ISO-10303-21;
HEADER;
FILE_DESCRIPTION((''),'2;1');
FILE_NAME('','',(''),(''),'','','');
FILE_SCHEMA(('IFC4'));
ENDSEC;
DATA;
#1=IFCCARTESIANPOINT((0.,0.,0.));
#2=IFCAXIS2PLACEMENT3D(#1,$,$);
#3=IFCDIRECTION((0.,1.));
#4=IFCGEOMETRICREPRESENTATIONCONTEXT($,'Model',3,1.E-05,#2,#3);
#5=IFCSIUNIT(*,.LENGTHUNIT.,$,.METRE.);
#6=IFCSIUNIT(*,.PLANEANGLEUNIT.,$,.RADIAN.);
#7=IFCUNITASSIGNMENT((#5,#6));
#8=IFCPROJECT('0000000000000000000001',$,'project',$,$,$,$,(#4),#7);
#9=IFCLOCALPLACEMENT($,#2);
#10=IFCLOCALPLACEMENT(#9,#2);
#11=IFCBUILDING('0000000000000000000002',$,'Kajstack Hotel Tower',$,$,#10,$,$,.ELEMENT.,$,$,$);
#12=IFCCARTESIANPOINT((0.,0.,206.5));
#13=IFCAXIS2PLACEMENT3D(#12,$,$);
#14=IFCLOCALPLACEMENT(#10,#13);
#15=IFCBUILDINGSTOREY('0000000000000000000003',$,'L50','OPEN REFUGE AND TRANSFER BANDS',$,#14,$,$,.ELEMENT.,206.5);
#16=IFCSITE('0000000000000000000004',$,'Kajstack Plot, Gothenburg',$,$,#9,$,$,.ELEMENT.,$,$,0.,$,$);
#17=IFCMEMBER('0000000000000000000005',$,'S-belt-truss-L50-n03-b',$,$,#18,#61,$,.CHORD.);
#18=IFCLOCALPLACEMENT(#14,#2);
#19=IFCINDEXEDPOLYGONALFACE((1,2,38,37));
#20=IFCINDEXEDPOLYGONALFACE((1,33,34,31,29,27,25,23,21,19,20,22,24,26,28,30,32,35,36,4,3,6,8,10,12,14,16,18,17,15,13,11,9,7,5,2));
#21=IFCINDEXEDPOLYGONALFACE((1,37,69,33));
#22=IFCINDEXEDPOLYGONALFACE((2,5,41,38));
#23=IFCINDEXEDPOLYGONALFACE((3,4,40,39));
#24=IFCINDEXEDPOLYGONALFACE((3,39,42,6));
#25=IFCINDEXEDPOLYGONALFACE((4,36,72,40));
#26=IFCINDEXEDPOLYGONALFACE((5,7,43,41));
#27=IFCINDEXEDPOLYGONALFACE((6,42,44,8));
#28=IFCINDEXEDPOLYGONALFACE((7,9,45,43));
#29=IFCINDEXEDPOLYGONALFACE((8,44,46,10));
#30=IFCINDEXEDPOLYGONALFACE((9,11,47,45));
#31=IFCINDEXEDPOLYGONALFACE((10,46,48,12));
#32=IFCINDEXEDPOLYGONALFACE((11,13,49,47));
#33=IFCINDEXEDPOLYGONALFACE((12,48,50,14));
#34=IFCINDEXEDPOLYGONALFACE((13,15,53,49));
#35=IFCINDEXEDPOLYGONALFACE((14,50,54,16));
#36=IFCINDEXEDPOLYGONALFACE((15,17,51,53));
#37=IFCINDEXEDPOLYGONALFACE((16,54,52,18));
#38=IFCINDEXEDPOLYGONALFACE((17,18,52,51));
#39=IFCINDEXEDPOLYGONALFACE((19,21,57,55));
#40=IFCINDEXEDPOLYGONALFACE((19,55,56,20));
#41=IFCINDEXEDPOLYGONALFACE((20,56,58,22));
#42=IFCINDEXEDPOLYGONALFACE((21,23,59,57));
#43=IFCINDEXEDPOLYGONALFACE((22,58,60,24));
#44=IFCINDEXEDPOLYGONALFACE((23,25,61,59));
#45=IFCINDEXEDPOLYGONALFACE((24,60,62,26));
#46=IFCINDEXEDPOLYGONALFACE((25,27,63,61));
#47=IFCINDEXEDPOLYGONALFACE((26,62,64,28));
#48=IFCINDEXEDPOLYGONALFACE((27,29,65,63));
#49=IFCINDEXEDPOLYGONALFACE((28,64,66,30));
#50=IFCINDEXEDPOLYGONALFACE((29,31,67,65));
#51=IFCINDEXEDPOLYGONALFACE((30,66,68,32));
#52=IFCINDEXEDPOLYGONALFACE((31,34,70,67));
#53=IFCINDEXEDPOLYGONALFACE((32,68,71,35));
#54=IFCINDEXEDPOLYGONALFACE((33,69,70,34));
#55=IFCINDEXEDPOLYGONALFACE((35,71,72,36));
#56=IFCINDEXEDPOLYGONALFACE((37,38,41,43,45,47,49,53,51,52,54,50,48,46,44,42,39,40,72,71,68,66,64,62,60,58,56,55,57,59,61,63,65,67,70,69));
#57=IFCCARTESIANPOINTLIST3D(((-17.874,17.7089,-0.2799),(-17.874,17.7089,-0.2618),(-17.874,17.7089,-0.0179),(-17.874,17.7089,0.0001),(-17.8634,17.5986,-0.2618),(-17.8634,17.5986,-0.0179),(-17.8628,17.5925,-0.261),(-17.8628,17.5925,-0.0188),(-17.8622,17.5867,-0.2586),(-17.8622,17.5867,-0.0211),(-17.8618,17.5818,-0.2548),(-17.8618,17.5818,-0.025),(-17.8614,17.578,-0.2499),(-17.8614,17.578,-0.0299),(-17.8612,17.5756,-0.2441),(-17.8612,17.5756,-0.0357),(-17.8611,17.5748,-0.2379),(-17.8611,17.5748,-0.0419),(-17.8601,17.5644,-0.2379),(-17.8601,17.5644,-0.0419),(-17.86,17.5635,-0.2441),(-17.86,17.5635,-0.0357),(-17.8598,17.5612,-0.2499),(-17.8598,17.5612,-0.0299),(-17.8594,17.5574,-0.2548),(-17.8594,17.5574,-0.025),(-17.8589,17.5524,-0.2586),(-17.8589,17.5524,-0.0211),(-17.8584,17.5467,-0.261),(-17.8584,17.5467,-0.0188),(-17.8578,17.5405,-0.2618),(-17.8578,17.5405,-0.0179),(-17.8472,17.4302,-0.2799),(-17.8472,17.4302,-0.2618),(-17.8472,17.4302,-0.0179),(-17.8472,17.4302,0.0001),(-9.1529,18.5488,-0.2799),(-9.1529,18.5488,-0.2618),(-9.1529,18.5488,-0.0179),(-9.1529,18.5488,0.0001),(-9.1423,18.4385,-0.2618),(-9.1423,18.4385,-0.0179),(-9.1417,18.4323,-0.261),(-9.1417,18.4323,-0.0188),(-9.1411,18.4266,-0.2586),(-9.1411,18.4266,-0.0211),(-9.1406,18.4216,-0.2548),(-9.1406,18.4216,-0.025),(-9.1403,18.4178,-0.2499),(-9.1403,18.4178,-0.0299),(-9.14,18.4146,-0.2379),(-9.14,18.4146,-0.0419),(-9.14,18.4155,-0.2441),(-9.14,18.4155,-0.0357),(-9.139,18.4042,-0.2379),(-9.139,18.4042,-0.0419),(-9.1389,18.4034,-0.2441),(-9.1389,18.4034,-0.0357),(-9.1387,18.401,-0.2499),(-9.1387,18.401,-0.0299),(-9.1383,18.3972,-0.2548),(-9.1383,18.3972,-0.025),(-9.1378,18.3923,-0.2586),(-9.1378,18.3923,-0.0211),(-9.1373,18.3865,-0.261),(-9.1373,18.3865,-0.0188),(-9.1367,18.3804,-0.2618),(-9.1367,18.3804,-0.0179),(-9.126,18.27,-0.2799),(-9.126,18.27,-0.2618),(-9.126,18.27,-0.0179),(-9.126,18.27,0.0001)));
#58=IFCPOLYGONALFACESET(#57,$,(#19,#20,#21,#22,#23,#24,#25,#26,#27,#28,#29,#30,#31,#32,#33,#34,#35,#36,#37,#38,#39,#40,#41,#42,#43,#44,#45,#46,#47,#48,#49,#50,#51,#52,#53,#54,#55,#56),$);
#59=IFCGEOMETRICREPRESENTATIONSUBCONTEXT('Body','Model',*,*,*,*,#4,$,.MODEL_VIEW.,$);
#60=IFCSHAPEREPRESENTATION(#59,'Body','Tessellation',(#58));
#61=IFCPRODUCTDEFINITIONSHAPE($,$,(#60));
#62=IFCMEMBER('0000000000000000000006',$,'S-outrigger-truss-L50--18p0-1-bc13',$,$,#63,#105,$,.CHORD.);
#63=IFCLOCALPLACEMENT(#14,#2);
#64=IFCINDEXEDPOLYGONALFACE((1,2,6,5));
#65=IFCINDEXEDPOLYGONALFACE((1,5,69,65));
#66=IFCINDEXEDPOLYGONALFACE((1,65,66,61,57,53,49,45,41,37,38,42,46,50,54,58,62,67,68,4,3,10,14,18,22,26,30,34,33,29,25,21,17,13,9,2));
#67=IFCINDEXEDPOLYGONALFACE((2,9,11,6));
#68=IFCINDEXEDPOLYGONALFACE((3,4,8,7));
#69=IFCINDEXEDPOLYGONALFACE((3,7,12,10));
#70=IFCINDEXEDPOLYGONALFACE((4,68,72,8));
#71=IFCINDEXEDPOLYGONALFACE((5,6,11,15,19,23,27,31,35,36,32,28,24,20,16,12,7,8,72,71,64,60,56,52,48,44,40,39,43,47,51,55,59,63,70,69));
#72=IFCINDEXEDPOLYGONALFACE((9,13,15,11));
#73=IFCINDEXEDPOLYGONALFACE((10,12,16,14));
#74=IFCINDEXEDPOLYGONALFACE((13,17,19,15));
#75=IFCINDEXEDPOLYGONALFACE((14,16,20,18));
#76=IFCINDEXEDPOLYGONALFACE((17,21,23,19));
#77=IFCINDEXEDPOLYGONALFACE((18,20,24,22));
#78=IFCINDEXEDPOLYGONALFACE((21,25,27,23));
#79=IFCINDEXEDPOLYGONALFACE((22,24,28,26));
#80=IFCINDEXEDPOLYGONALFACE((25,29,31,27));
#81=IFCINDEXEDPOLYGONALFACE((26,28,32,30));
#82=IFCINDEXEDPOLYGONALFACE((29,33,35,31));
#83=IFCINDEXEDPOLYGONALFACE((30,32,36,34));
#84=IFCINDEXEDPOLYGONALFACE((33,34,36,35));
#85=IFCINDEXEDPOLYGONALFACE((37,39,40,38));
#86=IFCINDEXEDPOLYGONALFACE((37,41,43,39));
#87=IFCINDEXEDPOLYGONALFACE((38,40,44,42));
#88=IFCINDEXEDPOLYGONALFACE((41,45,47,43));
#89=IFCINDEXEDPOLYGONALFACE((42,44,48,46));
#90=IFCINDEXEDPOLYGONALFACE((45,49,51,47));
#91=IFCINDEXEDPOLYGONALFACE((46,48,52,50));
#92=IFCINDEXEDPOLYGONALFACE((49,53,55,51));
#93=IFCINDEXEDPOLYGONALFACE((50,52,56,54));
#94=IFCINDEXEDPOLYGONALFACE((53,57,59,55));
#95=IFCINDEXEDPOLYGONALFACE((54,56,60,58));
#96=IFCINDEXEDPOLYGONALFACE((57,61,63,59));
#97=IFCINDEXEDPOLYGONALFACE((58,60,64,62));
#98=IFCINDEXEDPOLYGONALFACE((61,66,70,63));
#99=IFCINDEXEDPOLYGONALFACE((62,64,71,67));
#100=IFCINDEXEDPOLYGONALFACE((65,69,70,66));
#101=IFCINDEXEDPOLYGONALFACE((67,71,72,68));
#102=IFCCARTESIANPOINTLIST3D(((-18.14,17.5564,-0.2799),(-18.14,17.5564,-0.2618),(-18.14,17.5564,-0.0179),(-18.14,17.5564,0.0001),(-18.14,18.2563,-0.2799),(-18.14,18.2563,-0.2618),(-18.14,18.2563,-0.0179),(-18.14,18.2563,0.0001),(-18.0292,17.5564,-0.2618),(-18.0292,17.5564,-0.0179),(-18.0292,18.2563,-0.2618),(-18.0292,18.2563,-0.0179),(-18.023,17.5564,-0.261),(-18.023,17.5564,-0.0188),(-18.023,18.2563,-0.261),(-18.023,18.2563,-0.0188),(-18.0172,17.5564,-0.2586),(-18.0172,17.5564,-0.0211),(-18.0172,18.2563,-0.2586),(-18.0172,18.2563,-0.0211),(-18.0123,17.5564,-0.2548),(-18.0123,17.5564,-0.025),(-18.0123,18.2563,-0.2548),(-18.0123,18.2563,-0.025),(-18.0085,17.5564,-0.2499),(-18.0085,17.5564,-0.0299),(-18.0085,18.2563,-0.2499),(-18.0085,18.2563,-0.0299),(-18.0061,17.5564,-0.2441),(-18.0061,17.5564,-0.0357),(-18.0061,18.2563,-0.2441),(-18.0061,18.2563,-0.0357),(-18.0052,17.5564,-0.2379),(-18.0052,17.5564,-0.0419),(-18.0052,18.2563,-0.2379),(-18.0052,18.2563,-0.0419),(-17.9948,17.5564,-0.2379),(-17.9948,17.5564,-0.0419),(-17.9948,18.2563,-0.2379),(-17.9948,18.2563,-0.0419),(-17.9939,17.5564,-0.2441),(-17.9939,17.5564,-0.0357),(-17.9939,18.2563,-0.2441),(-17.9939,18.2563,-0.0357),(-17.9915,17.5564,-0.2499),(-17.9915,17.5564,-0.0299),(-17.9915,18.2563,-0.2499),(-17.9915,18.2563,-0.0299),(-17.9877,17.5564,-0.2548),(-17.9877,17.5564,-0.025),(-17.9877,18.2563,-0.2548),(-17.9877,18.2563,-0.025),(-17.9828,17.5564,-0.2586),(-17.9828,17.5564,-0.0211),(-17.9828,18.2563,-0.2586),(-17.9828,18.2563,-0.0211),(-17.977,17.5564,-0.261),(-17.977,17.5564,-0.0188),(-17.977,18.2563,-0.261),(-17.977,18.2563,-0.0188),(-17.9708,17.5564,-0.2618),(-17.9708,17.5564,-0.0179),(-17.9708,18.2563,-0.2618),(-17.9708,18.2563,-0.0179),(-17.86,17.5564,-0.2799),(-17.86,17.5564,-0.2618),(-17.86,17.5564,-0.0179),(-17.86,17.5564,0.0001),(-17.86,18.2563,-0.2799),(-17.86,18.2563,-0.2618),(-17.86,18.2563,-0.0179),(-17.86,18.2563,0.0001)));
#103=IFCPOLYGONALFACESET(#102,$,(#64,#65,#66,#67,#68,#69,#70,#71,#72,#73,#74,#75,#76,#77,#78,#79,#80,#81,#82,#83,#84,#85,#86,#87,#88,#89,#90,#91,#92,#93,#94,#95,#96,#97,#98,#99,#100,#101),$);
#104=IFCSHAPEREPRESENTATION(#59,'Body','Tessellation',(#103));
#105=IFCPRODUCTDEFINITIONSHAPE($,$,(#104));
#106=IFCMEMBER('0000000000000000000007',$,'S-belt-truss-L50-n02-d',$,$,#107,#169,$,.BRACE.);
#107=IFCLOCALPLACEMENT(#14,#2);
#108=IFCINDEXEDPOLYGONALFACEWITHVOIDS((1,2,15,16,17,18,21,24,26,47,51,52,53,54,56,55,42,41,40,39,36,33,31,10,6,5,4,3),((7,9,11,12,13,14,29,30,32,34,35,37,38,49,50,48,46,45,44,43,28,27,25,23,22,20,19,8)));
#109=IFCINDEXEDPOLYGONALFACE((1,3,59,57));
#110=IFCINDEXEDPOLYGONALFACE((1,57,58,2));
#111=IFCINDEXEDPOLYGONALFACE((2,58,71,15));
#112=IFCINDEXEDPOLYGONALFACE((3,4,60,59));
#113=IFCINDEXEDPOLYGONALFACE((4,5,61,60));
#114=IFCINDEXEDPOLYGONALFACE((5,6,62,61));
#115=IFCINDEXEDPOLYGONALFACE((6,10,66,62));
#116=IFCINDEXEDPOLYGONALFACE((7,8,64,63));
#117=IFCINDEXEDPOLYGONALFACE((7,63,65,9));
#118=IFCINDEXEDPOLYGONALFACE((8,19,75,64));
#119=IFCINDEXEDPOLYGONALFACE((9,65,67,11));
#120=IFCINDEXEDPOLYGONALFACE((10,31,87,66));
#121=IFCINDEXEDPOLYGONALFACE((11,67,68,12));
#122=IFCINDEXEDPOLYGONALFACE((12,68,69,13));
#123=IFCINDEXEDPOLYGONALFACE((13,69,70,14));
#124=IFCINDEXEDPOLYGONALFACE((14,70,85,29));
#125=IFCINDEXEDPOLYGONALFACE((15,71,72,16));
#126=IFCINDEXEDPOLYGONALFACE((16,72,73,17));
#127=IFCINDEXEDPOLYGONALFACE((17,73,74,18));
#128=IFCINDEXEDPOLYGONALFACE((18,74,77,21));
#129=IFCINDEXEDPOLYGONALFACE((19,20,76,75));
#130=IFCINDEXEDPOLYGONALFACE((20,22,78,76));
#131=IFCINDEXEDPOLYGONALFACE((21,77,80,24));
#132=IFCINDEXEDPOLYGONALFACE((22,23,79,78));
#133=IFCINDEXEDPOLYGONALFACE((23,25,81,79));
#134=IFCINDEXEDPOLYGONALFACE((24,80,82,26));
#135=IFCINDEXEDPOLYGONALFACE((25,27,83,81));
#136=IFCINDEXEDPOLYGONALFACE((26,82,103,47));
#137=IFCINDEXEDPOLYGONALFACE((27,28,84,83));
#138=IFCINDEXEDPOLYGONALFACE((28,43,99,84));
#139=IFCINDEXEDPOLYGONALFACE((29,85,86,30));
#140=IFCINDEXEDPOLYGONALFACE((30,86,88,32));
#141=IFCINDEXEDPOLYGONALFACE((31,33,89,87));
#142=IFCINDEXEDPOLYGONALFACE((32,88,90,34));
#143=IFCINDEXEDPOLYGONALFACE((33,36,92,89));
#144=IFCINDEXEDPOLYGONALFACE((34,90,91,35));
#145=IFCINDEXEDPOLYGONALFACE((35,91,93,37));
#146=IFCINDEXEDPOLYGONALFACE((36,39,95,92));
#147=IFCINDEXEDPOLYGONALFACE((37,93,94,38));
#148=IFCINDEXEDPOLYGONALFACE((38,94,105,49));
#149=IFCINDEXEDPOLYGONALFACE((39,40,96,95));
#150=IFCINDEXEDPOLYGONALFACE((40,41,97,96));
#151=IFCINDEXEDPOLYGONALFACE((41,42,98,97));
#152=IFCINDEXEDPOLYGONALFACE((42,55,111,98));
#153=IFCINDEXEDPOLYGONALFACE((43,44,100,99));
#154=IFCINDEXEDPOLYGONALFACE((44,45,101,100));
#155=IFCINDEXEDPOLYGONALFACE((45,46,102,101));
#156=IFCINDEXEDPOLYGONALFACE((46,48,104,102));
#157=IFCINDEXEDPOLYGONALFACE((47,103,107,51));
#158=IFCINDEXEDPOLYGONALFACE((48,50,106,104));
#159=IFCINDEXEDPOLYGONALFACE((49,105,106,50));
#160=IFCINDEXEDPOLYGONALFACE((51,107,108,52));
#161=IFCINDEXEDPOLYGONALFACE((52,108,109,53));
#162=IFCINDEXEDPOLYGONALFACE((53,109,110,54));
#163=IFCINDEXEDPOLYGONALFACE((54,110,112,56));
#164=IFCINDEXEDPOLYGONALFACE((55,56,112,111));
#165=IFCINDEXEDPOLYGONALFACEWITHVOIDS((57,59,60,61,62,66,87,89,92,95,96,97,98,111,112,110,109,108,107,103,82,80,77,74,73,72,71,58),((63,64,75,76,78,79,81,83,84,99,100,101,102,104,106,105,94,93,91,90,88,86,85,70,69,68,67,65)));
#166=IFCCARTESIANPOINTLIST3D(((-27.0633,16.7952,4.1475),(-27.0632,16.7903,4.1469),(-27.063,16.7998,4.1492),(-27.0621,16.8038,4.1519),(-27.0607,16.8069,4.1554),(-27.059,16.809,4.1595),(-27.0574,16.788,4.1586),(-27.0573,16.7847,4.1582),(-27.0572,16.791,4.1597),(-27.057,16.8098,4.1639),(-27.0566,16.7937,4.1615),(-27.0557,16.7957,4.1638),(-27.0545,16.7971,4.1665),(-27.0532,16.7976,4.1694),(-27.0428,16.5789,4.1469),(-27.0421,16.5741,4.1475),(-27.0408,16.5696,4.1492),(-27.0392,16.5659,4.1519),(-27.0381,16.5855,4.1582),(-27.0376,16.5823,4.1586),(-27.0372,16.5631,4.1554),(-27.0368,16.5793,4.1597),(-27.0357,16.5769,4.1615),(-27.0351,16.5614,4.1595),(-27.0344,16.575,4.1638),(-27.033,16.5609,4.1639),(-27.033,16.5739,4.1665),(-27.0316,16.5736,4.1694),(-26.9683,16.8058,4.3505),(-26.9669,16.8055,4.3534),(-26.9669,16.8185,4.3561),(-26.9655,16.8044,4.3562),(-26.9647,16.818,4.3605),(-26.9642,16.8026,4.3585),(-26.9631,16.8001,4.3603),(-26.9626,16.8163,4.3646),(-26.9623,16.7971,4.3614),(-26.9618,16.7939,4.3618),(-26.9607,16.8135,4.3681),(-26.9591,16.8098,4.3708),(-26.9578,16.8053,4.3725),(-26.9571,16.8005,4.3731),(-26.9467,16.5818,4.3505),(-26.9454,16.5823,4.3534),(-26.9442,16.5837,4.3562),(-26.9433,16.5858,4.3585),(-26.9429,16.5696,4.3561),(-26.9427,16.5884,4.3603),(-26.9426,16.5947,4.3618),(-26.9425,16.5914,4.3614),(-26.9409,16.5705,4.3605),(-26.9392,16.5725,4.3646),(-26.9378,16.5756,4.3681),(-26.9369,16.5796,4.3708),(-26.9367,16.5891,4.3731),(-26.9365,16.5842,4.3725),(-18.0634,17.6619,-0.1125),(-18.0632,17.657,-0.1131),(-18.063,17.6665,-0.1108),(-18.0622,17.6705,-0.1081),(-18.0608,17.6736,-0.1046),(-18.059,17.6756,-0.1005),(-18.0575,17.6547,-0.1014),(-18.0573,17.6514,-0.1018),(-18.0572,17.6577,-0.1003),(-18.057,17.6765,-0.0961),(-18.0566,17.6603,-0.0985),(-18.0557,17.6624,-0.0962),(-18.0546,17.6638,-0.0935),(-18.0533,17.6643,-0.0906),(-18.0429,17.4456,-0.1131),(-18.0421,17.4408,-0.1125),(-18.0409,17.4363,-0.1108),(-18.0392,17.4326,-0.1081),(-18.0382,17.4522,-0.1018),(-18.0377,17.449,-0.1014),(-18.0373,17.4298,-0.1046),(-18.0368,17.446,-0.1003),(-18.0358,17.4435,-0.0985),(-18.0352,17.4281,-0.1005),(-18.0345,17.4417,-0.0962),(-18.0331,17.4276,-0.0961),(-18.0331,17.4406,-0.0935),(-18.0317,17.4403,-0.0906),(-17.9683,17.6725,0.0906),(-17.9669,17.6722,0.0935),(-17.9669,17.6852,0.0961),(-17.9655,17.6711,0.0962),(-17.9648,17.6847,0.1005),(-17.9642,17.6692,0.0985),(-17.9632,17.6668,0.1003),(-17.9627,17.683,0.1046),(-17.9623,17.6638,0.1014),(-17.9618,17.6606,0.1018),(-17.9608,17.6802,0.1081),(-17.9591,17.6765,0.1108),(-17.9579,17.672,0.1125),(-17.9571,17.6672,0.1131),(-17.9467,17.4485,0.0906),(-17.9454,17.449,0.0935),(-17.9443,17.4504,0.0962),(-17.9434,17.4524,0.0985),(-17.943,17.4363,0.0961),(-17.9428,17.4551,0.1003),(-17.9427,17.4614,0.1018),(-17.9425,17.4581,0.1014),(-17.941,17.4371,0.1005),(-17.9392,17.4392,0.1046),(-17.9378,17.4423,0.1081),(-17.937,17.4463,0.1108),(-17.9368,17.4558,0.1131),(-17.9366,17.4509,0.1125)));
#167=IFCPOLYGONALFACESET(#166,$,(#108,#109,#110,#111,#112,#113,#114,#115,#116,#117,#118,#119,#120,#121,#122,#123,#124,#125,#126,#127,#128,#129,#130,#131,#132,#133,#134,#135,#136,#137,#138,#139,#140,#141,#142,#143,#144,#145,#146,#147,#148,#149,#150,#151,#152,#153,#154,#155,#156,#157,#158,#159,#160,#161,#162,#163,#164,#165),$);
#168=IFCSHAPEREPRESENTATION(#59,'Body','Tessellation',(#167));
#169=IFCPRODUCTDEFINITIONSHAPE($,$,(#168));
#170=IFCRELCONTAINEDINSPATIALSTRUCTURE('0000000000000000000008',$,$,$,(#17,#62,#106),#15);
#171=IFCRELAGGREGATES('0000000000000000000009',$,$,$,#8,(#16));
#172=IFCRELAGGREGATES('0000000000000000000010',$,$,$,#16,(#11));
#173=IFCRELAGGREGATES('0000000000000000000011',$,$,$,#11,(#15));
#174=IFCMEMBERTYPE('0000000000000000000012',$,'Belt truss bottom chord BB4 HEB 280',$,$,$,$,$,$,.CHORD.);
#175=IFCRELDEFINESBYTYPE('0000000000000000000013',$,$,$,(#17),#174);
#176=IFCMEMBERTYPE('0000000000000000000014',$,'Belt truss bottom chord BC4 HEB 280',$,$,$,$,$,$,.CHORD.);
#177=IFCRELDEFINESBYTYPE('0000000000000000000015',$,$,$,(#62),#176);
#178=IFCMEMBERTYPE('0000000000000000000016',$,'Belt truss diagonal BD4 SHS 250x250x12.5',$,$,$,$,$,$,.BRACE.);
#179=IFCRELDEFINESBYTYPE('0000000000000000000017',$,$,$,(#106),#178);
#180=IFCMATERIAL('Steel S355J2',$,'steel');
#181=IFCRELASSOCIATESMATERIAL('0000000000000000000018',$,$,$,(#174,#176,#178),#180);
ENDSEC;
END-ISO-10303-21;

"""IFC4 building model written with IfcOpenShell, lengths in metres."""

from ifc_helpers import new_model, si_unit, direction, frame, origin, origin_2d, place, context, subcontext, project, spatial, hollow_rectangle, i_section, extrude, material, material_profile, profile_set, type_object, element, save


model = new_model("IFC4")

# Units and contexts
model_context = context("Model", 3, precision=1e-05, world=origin(), true_north=direction((0.0, 1.0)))
body_context = subcontext(model_context, "Body", "Model", "MODEL_VIEW")
ifc_project = project(units=[si_unit("LENGTHUNIT", "METRE"), si_unit("PLANEANGLEUNIT", "RADIAN")], contexts=[model_context])

# Site, building, storey
site_placement = place(None, origin())
site = spatial("IfcSite", under=ifc_project, at=site_placement, Name="Kajstack Plot, Gothenburg", CompositionType="ELEMENT", RefElevation=0.0)
building_placement = place(site_placement, origin())
building = spatial("IfcBuilding", under=site, at=building_placement, Name="Kajstack Hotel Tower", CompositionType="ELEMENT")
storey_placement = place(building_placement, frame((0.0, 0.0, 206.5)))
storey = spatial("IfcBuildingStorey", under=building, at=storey_placement, Name="L50", Description="OPEN REFUGE AND TRANSFER BANDS", CompositionType="ELEMENT", Elevation=206.5)

# Members
ifc_material = material(Name="Steel S355J2", Category="steel")
ifc_material_profile_1 = material_profile(ifc_material, i_section(OverallWidth=0.28, OverallDepth=0.28, WebThickness=0.0105, FlangeThickness=0.0181, FilletRadius=0.0239, at=origin_2d()), Name="HEB 280")
ifc_profile_set_1 = profile_set([ifc_material_profile_1], Name="Steel S355J2")
member_type_1 = type_object("IfcMemberType", Name="Belt truss bottom chord BB4 HEB 280", PredefinedType="CHORD", material=ifc_profile_set_1)
member_1_placement = place(storey_placement, frame((-17.8606, 17.5696, -0.1399), z_axis=(0.995395, 0.095856, 0.0), x_axis=(-0.095856, 0.995395, 0.0)))
element("IfcMember", 1, at=member_1_placement, inside=storey, type_object=member_type_1, Name="S-belt-truss-L50-n03-b", PredefinedType="CHORD", context=body_context, shape_type="SweptSolid", body=[
    extrude(i_section(OverallWidth=0.28, OverallDepth=0.28, WebThickness=0.0105, FlangeThickness=0.0181, FilletRadius=0.0239, at=origin_2d()), origin(), (0.0, 0.0, 1.0), 8.7615),
])
ifc_material_profile_2 = material_profile(ifc_material, i_section(OverallWidth=0.28, OverallDepth=0.28, WebThickness=0.0105, FlangeThickness=0.0181, FilletRadius=0.0239, at=origin_2d()), Name="HEB 280")
ifc_profile_set_2 = profile_set([ifc_material_profile_2], Name="Steel S355J2")
member_type_2 = type_object("IfcMemberType", Name="Belt truss bottom chord BC4 HEB 280", PredefinedType="CHORD", material=ifc_profile_set_2)
member_2_placement = place(storey_placement, frame((-18.0, 17.5564, -0.1399), z_axis=(0.0, 1.0, 0.0), x_axis=(-1.0, 0.0, 0.0)))
element("IfcMember", 2, at=member_2_placement, inside=storey, type_object=member_type_2, Name="S-outrigger-truss-L50--18p0-1-bc13", PredefinedType="CHORD", context=body_context, shape_type="SweptSolid", body=[
    extrude(i_section(OverallWidth=0.28, OverallDepth=0.28, WebThickness=0.0105, FlangeThickness=0.0181, FilletRadius=0.0239, at=origin_2d()), origin(), (0.0, 0.0, 1.0), 0.7),
])
ifc_material_profile_3 = material_profile(ifc_material, hollow_rectangle(XDim=0.25, YDim=0.25, WallThickness=0.0125, InnerFilletRadius=0.0125, OuterFilletRadius=0.0188, at=origin_2d()), Name="SHS 250x250x12.5")
ifc_profile_set_3 = profile_set([ifc_material_profile_3], Name="Steel S355J2")
member_type_3 = type_object("IfcMemberType", Name="Belt truss diagonal BD4 SHS 250x250x12.5", PredefinedType="BRACE", material=ifc_profile_set_3)
for number, where, z_axis, x_axis, name in (
    (3, (-18.0, 17.5564, 0.0), (-0.900456, -0.086714, 0.426217), (0.095856, -0.995395, 0.0), "S-belt-truss-L50-n02-d"),
):
    element("IfcMember", number, at=place(storey_placement, frame(where, z_axis=z_axis, x_axis=x_axis)), inside=storey, type_object=member_type_3, Name=name, PredefinedType="BRACE", context=body_context, shape_type="SweptSolid", body=[
        extrude(hollow_rectangle(XDim=0.25, YDim=0.25, WallThickness=0.0125, InnerFilletRadius=0.0125, OuterFilletRadius=0.0188, at=origin_2d()), origin(), (0.0, 0.0, 1.0), 9.9949),
    ])

save(model, "model.ifc")
